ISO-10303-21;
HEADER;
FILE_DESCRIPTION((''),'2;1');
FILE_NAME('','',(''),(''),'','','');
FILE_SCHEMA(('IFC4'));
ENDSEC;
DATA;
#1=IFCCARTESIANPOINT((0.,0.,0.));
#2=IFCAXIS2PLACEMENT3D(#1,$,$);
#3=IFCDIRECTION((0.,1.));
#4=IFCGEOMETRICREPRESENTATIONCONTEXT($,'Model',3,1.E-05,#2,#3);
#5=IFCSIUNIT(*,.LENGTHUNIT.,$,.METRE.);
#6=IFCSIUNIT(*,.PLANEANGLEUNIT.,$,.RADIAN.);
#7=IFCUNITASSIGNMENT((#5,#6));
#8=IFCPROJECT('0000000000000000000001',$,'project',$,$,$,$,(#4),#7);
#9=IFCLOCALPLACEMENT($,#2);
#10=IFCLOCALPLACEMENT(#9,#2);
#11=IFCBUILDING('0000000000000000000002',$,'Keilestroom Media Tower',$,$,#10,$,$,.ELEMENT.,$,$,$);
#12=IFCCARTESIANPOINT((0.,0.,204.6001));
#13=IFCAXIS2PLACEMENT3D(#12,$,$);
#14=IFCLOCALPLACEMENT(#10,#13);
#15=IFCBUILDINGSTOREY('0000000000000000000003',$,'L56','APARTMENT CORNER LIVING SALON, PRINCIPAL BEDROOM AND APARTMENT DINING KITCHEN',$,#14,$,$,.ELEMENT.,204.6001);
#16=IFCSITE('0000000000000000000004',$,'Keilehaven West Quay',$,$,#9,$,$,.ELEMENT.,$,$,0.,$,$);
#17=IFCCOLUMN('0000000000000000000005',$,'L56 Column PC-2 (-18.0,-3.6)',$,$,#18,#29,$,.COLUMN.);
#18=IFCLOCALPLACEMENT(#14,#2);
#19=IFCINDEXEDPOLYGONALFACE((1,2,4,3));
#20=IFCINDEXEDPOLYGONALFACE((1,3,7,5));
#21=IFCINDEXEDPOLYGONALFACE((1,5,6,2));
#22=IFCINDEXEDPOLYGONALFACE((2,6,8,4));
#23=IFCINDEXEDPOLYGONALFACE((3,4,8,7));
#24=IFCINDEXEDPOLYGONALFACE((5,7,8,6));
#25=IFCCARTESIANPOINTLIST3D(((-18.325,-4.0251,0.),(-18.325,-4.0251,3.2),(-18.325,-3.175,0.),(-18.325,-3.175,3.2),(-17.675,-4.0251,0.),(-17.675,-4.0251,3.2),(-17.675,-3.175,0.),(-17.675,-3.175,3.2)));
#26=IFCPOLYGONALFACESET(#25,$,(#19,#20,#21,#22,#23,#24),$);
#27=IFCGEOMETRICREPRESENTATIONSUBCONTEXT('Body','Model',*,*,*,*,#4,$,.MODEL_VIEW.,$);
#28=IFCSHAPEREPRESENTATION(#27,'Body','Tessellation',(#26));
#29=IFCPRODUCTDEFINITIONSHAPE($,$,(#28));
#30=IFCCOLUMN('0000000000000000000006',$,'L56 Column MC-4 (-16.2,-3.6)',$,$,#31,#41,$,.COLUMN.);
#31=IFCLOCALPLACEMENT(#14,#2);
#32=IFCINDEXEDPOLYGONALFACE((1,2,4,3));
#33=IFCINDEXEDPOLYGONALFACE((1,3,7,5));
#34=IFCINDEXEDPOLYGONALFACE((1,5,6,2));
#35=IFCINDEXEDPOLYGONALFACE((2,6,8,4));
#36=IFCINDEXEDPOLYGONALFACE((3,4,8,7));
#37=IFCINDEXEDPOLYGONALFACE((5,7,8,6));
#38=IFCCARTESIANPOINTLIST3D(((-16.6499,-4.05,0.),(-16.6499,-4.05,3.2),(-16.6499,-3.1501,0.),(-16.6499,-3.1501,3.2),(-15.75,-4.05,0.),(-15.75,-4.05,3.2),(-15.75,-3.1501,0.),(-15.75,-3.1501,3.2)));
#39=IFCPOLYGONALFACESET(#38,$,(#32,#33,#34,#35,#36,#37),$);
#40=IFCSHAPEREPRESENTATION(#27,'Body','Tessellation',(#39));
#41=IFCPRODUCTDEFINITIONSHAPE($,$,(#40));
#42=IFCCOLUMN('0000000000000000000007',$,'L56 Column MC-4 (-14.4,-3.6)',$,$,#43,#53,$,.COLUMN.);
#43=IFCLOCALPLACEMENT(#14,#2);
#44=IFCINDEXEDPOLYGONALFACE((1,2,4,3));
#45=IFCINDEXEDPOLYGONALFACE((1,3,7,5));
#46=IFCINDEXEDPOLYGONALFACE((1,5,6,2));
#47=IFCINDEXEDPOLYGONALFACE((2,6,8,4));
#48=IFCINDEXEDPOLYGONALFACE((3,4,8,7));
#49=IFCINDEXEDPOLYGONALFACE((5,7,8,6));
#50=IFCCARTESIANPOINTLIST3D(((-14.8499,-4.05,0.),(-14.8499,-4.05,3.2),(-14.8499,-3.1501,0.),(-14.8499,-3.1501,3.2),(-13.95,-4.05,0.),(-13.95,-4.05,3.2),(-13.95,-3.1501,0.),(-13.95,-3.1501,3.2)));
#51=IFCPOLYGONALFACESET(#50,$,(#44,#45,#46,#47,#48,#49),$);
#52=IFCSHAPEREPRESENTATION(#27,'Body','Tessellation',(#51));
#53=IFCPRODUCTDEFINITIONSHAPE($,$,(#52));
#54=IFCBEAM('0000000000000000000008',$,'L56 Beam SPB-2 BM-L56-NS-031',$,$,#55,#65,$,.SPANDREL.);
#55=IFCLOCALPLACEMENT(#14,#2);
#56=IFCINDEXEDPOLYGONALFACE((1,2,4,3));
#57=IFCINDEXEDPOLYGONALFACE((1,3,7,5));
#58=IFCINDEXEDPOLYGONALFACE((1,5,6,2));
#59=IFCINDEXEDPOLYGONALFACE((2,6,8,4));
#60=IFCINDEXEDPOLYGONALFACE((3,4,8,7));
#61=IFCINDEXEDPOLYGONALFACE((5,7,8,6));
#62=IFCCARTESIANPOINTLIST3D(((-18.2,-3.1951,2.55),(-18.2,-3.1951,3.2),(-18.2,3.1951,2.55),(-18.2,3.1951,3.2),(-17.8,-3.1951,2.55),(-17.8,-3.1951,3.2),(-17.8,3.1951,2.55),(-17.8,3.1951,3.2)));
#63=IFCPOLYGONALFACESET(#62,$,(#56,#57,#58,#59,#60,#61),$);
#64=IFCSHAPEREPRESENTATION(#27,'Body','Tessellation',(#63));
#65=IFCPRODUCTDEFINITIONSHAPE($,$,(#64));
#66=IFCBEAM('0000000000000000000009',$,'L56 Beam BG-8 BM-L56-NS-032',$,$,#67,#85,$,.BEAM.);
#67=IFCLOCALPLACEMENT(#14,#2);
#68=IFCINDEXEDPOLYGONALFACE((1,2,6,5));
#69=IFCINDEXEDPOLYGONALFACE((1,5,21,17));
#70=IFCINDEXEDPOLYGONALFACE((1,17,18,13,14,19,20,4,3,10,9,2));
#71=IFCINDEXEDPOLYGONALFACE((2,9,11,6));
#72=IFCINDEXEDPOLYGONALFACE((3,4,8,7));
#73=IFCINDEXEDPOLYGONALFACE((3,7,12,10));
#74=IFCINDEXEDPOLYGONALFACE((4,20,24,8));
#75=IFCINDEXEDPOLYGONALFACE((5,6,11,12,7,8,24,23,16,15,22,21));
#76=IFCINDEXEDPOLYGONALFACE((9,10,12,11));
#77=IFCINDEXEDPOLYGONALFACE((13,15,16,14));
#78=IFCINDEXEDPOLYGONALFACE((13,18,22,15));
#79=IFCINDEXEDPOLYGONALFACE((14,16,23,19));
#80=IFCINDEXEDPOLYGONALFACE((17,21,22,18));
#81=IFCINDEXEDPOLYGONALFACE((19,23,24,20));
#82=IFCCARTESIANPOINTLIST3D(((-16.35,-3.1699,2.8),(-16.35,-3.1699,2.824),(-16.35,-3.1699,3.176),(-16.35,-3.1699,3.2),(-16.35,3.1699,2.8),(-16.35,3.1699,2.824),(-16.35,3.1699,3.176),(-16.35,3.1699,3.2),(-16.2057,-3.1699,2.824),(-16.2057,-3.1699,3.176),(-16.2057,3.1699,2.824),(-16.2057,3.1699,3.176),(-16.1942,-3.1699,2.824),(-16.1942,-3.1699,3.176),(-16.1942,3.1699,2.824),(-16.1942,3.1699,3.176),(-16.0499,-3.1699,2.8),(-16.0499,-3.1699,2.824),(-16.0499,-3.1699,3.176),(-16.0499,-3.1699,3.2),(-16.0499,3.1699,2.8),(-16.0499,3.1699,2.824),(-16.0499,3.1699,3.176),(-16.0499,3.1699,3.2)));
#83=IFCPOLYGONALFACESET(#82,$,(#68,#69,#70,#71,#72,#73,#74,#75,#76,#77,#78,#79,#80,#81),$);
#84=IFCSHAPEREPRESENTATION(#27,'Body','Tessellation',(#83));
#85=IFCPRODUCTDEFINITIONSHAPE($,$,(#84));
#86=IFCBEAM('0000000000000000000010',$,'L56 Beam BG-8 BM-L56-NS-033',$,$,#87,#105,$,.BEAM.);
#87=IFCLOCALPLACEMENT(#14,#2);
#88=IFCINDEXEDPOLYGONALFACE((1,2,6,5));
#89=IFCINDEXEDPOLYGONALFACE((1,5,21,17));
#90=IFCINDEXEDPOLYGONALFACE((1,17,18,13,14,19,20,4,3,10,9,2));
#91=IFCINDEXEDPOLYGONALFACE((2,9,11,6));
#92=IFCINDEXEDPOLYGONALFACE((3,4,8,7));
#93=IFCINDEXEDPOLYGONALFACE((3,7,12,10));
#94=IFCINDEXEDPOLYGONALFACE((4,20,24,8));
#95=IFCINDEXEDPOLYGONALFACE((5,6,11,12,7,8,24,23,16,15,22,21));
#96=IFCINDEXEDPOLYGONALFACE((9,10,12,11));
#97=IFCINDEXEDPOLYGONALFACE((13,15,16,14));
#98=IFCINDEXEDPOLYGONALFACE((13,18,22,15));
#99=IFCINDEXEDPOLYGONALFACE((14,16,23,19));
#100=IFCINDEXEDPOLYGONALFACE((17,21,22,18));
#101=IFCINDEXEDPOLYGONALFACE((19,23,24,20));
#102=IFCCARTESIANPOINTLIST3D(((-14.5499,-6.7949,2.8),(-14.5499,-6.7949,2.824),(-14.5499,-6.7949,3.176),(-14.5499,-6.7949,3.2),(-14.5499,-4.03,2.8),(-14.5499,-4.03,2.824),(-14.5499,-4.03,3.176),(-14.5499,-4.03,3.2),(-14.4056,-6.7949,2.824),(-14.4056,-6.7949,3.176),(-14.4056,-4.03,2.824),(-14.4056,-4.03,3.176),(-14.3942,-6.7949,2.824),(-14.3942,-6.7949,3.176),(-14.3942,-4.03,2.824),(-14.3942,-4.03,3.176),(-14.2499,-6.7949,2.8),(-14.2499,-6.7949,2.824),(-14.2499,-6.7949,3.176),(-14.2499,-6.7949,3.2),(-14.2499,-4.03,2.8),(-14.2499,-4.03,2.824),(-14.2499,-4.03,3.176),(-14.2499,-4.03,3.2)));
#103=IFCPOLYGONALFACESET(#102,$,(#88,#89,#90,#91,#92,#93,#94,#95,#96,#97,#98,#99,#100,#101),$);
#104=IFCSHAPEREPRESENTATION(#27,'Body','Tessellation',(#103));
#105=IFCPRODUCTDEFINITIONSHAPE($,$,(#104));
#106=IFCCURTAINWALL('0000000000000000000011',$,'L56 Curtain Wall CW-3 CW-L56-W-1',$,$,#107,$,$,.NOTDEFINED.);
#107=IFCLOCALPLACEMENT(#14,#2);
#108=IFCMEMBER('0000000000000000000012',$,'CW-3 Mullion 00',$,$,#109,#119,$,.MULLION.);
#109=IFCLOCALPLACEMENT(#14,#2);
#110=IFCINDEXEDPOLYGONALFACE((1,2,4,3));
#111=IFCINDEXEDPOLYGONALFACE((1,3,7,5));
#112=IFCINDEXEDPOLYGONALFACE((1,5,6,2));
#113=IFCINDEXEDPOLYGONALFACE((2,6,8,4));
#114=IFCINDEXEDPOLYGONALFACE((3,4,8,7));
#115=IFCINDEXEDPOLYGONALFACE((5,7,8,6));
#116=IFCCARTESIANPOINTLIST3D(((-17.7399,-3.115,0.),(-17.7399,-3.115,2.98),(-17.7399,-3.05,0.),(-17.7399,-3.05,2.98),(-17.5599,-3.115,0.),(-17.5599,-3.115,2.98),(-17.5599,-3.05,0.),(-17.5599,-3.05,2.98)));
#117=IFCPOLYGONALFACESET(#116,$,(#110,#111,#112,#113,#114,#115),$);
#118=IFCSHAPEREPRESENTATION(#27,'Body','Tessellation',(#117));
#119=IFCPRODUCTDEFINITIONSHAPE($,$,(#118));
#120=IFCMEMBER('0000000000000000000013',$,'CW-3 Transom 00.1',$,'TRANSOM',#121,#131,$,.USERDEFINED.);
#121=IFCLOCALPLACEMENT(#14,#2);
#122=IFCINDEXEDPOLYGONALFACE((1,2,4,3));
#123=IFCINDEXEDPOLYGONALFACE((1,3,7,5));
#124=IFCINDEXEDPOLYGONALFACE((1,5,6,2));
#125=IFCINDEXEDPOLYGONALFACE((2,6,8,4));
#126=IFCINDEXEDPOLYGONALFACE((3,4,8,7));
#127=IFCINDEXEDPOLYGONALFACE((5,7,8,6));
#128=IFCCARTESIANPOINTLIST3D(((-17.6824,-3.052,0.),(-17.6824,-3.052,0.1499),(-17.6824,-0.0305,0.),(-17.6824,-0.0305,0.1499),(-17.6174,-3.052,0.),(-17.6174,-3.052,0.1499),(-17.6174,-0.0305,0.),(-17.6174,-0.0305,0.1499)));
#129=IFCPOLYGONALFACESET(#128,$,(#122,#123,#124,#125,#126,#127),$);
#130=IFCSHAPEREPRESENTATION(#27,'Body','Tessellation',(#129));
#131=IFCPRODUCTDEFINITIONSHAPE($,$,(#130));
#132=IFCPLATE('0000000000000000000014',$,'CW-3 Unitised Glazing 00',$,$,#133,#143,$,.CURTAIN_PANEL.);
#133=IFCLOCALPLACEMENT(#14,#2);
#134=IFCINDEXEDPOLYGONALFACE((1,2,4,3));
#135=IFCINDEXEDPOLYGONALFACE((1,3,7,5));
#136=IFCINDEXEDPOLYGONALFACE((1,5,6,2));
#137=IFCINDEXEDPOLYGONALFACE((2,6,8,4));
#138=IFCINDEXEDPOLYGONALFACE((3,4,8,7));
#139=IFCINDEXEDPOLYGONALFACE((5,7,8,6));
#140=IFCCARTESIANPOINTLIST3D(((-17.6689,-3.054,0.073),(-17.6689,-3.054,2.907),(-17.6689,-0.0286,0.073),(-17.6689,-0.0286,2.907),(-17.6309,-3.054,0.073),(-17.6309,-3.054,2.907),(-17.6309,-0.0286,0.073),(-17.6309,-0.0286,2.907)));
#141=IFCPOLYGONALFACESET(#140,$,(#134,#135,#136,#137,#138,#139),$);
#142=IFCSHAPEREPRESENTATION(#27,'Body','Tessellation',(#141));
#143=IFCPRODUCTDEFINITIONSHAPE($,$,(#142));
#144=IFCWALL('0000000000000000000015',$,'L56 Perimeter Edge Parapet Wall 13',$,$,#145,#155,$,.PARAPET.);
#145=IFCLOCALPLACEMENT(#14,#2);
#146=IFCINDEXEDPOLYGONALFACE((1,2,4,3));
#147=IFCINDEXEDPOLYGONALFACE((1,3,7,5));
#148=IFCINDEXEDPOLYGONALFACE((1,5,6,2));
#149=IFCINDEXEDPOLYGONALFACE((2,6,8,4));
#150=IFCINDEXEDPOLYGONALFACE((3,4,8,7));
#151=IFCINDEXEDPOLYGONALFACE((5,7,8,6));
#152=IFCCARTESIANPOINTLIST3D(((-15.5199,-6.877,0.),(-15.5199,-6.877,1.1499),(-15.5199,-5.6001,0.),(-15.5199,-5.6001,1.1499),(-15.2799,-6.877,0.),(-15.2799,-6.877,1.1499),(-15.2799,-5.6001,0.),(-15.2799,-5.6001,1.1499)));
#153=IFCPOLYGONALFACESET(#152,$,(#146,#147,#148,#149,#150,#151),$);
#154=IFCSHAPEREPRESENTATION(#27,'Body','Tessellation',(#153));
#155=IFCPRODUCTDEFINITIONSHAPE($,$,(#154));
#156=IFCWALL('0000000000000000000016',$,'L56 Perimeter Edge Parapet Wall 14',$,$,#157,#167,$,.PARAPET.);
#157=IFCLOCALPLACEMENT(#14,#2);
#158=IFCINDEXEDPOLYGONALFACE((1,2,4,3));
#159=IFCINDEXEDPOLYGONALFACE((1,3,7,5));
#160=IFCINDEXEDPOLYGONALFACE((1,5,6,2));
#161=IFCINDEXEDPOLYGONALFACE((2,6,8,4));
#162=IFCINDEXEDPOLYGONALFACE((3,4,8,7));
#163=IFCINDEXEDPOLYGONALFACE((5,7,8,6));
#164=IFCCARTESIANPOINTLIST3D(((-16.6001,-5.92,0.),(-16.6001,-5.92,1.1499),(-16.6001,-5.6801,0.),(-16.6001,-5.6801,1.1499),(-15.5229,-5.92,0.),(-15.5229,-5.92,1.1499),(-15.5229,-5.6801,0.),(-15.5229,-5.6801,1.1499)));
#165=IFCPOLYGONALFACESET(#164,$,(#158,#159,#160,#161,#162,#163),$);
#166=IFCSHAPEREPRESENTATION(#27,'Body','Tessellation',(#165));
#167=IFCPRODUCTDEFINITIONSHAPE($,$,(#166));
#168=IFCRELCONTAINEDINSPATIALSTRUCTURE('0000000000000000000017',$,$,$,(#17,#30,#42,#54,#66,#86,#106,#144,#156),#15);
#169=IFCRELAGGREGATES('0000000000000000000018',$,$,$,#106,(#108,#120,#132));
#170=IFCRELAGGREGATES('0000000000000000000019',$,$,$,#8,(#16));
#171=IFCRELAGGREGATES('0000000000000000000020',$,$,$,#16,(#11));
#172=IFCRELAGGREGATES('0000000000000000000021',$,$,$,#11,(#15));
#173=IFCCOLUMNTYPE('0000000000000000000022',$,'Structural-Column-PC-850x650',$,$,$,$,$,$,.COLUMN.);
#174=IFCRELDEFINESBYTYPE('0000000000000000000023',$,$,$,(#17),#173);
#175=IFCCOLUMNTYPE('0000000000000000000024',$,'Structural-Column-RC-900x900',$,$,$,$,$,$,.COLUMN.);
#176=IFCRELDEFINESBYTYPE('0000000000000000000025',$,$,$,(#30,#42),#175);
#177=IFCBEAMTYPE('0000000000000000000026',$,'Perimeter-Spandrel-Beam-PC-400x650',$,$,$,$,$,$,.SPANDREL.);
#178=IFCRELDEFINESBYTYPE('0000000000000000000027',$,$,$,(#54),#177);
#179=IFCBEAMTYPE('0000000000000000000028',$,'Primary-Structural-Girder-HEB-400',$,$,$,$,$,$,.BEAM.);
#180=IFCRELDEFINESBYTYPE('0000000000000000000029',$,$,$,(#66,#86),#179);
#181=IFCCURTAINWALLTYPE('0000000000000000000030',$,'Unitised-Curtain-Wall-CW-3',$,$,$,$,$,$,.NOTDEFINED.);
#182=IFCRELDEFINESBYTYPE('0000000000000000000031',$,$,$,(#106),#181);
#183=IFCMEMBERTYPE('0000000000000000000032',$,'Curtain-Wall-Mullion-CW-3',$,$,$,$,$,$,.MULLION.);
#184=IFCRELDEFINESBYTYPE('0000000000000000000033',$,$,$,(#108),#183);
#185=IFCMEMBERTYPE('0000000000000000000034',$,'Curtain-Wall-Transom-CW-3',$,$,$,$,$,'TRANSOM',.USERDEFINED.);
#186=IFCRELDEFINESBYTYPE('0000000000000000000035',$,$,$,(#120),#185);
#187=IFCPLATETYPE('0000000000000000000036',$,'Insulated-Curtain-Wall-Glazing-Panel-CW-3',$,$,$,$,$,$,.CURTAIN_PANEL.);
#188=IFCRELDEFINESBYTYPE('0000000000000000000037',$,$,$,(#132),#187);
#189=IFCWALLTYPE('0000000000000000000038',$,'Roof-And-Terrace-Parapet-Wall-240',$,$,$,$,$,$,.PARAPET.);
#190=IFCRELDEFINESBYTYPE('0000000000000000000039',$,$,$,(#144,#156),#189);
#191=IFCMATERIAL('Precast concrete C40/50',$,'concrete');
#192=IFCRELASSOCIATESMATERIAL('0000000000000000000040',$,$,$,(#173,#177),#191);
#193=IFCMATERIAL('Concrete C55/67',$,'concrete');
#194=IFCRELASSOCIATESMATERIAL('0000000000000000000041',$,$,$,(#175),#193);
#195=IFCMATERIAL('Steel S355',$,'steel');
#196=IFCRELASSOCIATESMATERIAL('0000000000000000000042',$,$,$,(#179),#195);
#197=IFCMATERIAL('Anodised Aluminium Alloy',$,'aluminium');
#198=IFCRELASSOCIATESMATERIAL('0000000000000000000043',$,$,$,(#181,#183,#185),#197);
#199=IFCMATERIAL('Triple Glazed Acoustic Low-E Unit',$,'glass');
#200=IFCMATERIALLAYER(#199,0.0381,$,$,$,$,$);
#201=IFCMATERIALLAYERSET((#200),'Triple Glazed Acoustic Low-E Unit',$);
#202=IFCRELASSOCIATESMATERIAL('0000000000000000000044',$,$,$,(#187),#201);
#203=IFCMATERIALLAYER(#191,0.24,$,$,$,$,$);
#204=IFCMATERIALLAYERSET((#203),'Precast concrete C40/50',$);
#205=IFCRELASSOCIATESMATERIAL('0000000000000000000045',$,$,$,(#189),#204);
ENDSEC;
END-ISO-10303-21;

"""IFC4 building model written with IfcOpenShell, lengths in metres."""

from ifc_helpers import new_model, si_unit, direction, frame, frame_2d, origin, origin_2d, place, context, subcontext, project, spatial, rectangle, i_section, extrude, source, transform, mapped, material, layer, layer_set, material_profile, profile_set, type_object, element, aggregate, save


model = new_model("IFC4")

# Units and contexts
model_context = context("Model", 3, precision=1e-05, world=origin(), true_north=direction((0.0, 1.0)))
body_context = subcontext(model_context, "Body", "Model", "MODEL_VIEW")
ifc_project = project(units=[si_unit("LENGTHUNIT", "METRE"), si_unit("PLANEANGLEUNIT", "RADIAN")], contexts=[model_context])

# Site, building, storey
site_placement = place(None, origin())
site = spatial("IfcSite", under=ifc_project, at=site_placement, Name="Keilehaven West Quay", CompositionType="ELEMENT", RefElevation=0.0)
building_placement = place(site_placement, origin())
building = spatial("IfcBuilding", under=site, at=building_placement, Name="Keilestroom Media Tower", CompositionType="ELEMENT")
storey_placement = place(building_placement, frame((0.0, 0.0, 204.6001)))
storey = spatial("IfcBuildingStorey", under=building, at=storey_placement, Name="L56", Description="APARTMENT CORNER LIVING SALON, PRINCIPAL BEDROOM AND APARTMENT DINING KITCHEN", CompositionType="ELEMENT", Elevation=204.6001)

# Columns
ifc_material_1 = material(Name="Precast concrete C40/50", Category="concrete")
ifc_material_profile_1 = material_profile(ifc_material_1, rectangle(XDim=0.6499, YDim=0.8501, at=origin_2d()), Name="PC 850x650")
ifc_profile_set_1 = profile_set([ifc_material_profile_1], Name="Precast concrete C40/50")
column_type_1 = type_object("IfcColumnType", Name="Structural-Column-PC-850x650", PredefinedType="COLUMN", material=ifc_profile_set_1)
shared_shape_1 = source(origin(), body_context, "Body", "SweptSolid", [
    extrude(rectangle(XDim=0.6499, YDim=0.8501, at=origin_2d()), origin(), (0.0, 0.0, 1.0), 3.2),
])
column_placement = place(storey_placement, frame((-18.0, -3.6001, 0.0), z_axis=(0.0, 0.0, 1.0), x_axis=(1.0, 0.0, 0.0)))
element("IfcColumn", 1, at=column_placement, inside=storey, type_object=column_type_1, Name="L56 Column PC-2 (-18.0,-3.6)", PredefinedType="COLUMN", context=body_context, shape_type="MappedRepresentation", body=[
    mapped(shared_shape_1, transform((0.0, 0.0, 0.0), x_axis=(1.0, 0.0, 0.0), y_axis=(0.0, 1.0, 0.0), z_axis=(0.0, 0.0, 1.0), scale=1.0)),
])
ifc_material_2 = material(Name="Concrete C55/67", Category="concrete")
ifc_material_profile_2 = material_profile(ifc_material_2, rectangle(XDim=0.8999, YDim=0.8999, at=origin_2d()), Name="RC 900x900")
ifc_profile_set_2 = profile_set([ifc_material_profile_2], Name="Concrete C55/67")
column_type_2 = type_object("IfcColumnType", Name="Structural-Column-RC-900x900", PredefinedType="COLUMN", material=ifc_profile_set_2)
shared_shape_2 = source(origin(), body_context, "Body", "SweptSolid", [
    extrude(rectangle(XDim=0.8999, YDim=0.8999, at=origin_2d()), origin(), (0.0, 0.0, 1.0), 3.2),
])
for number, where, z_axis, x_axis, name in (
    (2, (-16.2, -3.6001, 0.0), (0.0, 0.0, 1.0), (1.0, 0.0, 0.0), "L56 Column MC-4 (-16.2,-3.6)"),
    (3, (-14.3999, -3.6001, 0.0), (0.0, 0.0, 1.0), (1.0, 0.0, 0.0), "L56 Column MC-4 (-14.4,-3.6)"),
):
    element("IfcColumn", number, at=place(storey_placement, frame(where, z_axis=z_axis, x_axis=x_axis)), inside=storey, type_object=column_type_2, Name=name, PredefinedType="COLUMN", context=body_context, shape_type="MappedRepresentation", body=[
        mapped(shared_shape_2, transform((0.0, 0.0, 0.0), x_axis=(1.0, 0.0, 0.0), y_axis=(0.0, 1.0, 0.0), z_axis=(0.0, 0.0, 1.0), scale=1.0)),
    ])

# Beams
ifc_material_profile_3 = material_profile(ifc_material_1, rectangle(XDim=0.3999, YDim=0.6499, at=origin_2d()), Name="PC 400x650")
ifc_profile_set_3 = profile_set([ifc_material_profile_3], Name="Precast concrete C40/50")
beam_type_1 = type_object("IfcBeamType", Name="Perimeter-Spandrel-Beam-PC-400x650", PredefinedType="SPANDREL", material=ifc_profile_set_3)
shared_shape_3 = source(origin(), body_context, "Body", "SweptSolid", [
    extrude(rectangle(XDim=0.3999, YDim=0.6499, at=origin_2d()), origin(), (0.0, 0.0, 1.0), 6.3901),
])
beam_1_placement = place(storey_placement, frame((-18.0, -3.1951, 2.875), z_axis=(0.0, 1.0, 0.0), x_axis=(-1.0, 0.0, 0.0)))
element("IfcBeam", 4, at=beam_1_placement, inside=storey, type_object=beam_type_1, Name="L56 Beam SPB-2 BM-L56-NS-031", PredefinedType="SPANDREL", context=body_context, shape_type="MappedRepresentation", body=[
    mapped(shared_shape_3, transform((0.0, 0.0, 0.0), x_axis=(1.0, 0.0, 0.0), y_axis=(0.0, 1.0, 0.0), z_axis=(0.0, 0.0, 1.0), scale=1.0)),
])
ifc_material_3 = material(Name="Steel S355", Category="steel")
ifc_material_profile_4 = material_profile(ifc_material_3, i_section(OverallWidth=0.3, OverallDepth=0.3999, WebThickness=0.0115, FlangeThickness=0.0239, at=origin_2d()), Name="HEB 400")
ifc_profile_set_4 = profile_set([ifc_material_profile_4], Name="Steel S355")
beam_type_2 = type_object("IfcBeamType", Name="Primary-Structural-Girder-HEB-400", PredefinedType="BEAM", material=ifc_profile_set_4)
shared_shape_4 = source(origin(), body_context, "Body", "SweptSolid", [
    extrude(i_section(OverallWidth=0.3, OverallDepth=0.3999, WebThickness=0.0115, FlangeThickness=0.0239, at=origin_2d()), origin(), (0.0, 0.0, 1.0), 6.3398),
])
beam_2_placement = place(storey_placement, frame((-16.2, -3.1699, 3.0), z_axis=(0.0, 1.0, 0.0), x_axis=(-1.0, 0.0, 0.0)))
element("IfcBeam", 5, at=beam_2_placement, inside=storey, type_object=beam_type_2, Name="L56 Beam BG-8 BM-L56-NS-032", PredefinedType="BEAM", context=body_context, shape_type="MappedRepresentation", body=[
    mapped(shared_shape_4, transform((0.0, 0.0, 0.0), x_axis=(1.0, 0.0, 0.0), y_axis=(0.0, 1.0, 0.0), z_axis=(0.0, 0.0, 1.0), scale=1.0)),
])
shared_shape_5 = source(origin(), body_context, "Body", "SweptSolid", [
    extrude(i_section(OverallWidth=0.3, OverallDepth=0.3999, WebThickness=0.0115, FlangeThickness=0.0239, at=origin_2d()), origin(), (0.0, 0.0, 1.0), 2.7649),
])
beam_3_placement = place(storey_placement, frame((-14.3999, -6.7949, 3.0), z_axis=(0.0, 1.0, 0.0), x_axis=(-1.0, 0.0, 0.0)))
element("IfcBeam", 6, at=beam_3_placement, inside=storey, type_object=beam_type_2, Name="L56 Beam BG-8 BM-L56-NS-033", PredefinedType="BEAM", context=body_context, shape_type="MappedRepresentation", body=[
    mapped(shared_shape_5, transform((0.0, 0.0, 0.0), x_axis=(1.0, 0.0, 0.0), y_axis=(0.0, 1.0, 0.0), z_axis=(0.0, 0.0, 1.0), scale=1.0)),
])

# Curtain wall, members, plate
ifc_material_4 = material(Name="Anodised Aluminium Alloy", Category="aluminium")
curtain_wall_type = type_object("IfcCurtainWallType", Name="Unitised-Curtain-Wall-CW-3", PredefinedType="NOTDEFINED", material=ifc_material_4)
curtain_wall_placement = place(storey_placement, origin())
curtain_wall = element("IfcCurtainWall", 7, at=curtain_wall_placement, inside=storey, type_object=curtain_wall_type, Name="L56 Curtain Wall CW-3 CW-L56-W-1", PredefinedType="NOTDEFINED")
ifc_material_profile_5 = material_profile(ifc_material_4, rectangle(XDim=0.0649, YDim=0.1799, at=origin_2d()), Name="ALU MULLION 65x180")
ifc_profile_set_5 = profile_set([ifc_material_profile_5], Name="Anodised Aluminium Alloy")
member_type_1 = type_object("IfcMemberType", Name="Curtain-Wall-Mullion-CW-3", PredefinedType="MULLION", material=ifc_profile_set_5)
shared_shape_6 = source(origin(), body_context, "Body", "SweptSolid", [
    extrude(rectangle(XDim=0.0649, YDim=0.1799, at=origin_2d()), origin(), (0.0, 0.0, 1.0), 2.98),
])
member_1_placement = place(storey_placement, frame((-17.6499, -3.0825, 0.0), z_axis=(0.0, 0.0, 1.0), x_axis=(0.0, 1.0, 0.0)))
member_1 = element("IfcMember", 8, at=member_1_placement, type_object=member_type_1, Name="CW-3 Mullion 00", PredefinedType="MULLION", context=body_context, shape_type="MappedRepresentation", body=[
    mapped(shared_shape_6, transform((0.0, 0.0, 0.0), x_axis=(1.0, 0.0, 0.0), y_axis=(0.0, 1.0, 0.0), z_axis=(0.0, 0.0, 1.0), scale=1.0)),
])
ifc_material_profile_6 = material_profile(ifc_material_4, rectangle(XDim=0.0649, YDim=0.1499, at=origin_2d()), Name="ALU TRANSOM 65x150")
ifc_profile_set_6 = profile_set([ifc_material_profile_6], Name="Anodised Aluminium Alloy")
member_type_2 = type_object("IfcMemberType", Name="Curtain-Wall-Transom-CW-3", ElementType="TRANSOM", PredefinedType="USERDEFINED", material=ifc_profile_set_6)
shared_shape_7 = source(origin(), body_context, "Body", "SweptSolid", [
    extrude(rectangle(XDim=0.0649, YDim=0.1499, at=origin_2d()), origin(), (0.0, 0.0, 1.0), 3.0215),
])
member_2_placement = place(storey_placement, frame((-17.6499, -3.052, 0.075), z_axis=(0.0, 1.0, 0.0), x_axis=(-1.0, 0.0, 0.0)))
member_2 = element("IfcMember", 9, at=member_2_placement, type_object=member_type_2, Name="CW-3 Transom 00.1", ObjectType="TRANSOM", PredefinedType="USERDEFINED", context=body_context, shape_type="MappedRepresentation", body=[
    mapped(shared_shape_7, transform((0.0, 0.0, 0.0), x_axis=(1.0, 0.0, 0.0), y_axis=(0.0, 1.0, 0.0), z_axis=(0.0, 0.0, 1.0), scale=1.0)),
])
ifc_material_5 = material(Name="Triple Glazed Acoustic Low-E Unit", Category="glass")
ifc_layer_1 = layer(ifc_material_5, 0.0381)
ifc_layer_set_1 = layer_set([ifc_layer_1], Name="Triple Glazed Acoustic Low-E Unit")
plate_type = type_object("IfcPlateType", Name="Insulated-Curtain-Wall-Glazing-Panel-CW-3", PredefinedType="CURTAIN_PANEL", material=ifc_layer_set_1)
shared_shape_8 = source(origin(), body_context, "Body", "SweptSolid", [
    extrude(rectangle(XDim=3.0254, YDim=0.0381, at=origin_2d()), origin(), (0.0, 0.0, 1.0), 2.834),
])
plate_placement = place(storey_placement, frame((-17.6499, -1.5413, 0.073), z_axis=(0.0, 0.0, 1.0), x_axis=(0.0, 1.0, 0.0)))
plate = element("IfcPlate", 10, at=plate_placement, type_object=plate_type, Name="CW-3 Unitised Glazing 00", PredefinedType="CURTAIN_PANEL", context=body_context, shape_type="MappedRepresentation", body=[
    mapped(shared_shape_8, transform((0.0, 0.0, 0.0), x_axis=(1.0, 0.0, 0.0), y_axis=(0.0, 1.0, 0.0), z_axis=(0.0, 0.0, 1.0), scale=1.0)),
])
aggregate(curtain_wall, [member_1, member_2, plate])

# Walls
ifc_layer_2 = layer(ifc_material_1, 0.24)
ifc_layer_set_2 = layer_set([ifc_layer_2], Name="Precast concrete C40/50")
wall_type = type_object("IfcWallType", Name="Roof-And-Terrace-Parapet-Wall-240", PredefinedType="PARAPET", material=ifc_layer_set_2)
wall_1_placement = place(storey_placement, frame((-15.3999, -6.877, 0.0), z_axis=(0.0, 0.0, 1.0), x_axis=(0.0, 1.0, 0.0)))
element("IfcWall", 11, at=wall_1_placement, inside=storey, type_object=wall_type, Name="L56 Perimeter Edge Parapet Wall 13", PredefinedType="PARAPET", context=body_context, shape_type="SweptSolid", body=[
    extrude(rectangle(XDim=1.2769, YDim=0.24, at=frame_2d((0.6384, 0.0))), origin(), (0.0, 0.0, 1.0), 1.1499),
])
wall_2_placement = place(storey_placement, frame((-15.5229, -5.8, 0.0), z_axis=(0.0, 0.0, 1.0), x_axis=(-1.0, 0.0, 0.0)))
element("IfcWall", 12, at=wall_2_placement, inside=storey, type_object=wall_type, Name="L56 Perimeter Edge Parapet Wall 14", PredefinedType="PARAPET", context=body_context, shape_type="SweptSolid", body=[
    extrude(rectangle(XDim=1.0771, YDim=0.24, at=frame_2d((0.5386, 0.0))), origin(), (0.0, 0.0, 1.0), 1.1499),
])

save(model, "model.ifc")
